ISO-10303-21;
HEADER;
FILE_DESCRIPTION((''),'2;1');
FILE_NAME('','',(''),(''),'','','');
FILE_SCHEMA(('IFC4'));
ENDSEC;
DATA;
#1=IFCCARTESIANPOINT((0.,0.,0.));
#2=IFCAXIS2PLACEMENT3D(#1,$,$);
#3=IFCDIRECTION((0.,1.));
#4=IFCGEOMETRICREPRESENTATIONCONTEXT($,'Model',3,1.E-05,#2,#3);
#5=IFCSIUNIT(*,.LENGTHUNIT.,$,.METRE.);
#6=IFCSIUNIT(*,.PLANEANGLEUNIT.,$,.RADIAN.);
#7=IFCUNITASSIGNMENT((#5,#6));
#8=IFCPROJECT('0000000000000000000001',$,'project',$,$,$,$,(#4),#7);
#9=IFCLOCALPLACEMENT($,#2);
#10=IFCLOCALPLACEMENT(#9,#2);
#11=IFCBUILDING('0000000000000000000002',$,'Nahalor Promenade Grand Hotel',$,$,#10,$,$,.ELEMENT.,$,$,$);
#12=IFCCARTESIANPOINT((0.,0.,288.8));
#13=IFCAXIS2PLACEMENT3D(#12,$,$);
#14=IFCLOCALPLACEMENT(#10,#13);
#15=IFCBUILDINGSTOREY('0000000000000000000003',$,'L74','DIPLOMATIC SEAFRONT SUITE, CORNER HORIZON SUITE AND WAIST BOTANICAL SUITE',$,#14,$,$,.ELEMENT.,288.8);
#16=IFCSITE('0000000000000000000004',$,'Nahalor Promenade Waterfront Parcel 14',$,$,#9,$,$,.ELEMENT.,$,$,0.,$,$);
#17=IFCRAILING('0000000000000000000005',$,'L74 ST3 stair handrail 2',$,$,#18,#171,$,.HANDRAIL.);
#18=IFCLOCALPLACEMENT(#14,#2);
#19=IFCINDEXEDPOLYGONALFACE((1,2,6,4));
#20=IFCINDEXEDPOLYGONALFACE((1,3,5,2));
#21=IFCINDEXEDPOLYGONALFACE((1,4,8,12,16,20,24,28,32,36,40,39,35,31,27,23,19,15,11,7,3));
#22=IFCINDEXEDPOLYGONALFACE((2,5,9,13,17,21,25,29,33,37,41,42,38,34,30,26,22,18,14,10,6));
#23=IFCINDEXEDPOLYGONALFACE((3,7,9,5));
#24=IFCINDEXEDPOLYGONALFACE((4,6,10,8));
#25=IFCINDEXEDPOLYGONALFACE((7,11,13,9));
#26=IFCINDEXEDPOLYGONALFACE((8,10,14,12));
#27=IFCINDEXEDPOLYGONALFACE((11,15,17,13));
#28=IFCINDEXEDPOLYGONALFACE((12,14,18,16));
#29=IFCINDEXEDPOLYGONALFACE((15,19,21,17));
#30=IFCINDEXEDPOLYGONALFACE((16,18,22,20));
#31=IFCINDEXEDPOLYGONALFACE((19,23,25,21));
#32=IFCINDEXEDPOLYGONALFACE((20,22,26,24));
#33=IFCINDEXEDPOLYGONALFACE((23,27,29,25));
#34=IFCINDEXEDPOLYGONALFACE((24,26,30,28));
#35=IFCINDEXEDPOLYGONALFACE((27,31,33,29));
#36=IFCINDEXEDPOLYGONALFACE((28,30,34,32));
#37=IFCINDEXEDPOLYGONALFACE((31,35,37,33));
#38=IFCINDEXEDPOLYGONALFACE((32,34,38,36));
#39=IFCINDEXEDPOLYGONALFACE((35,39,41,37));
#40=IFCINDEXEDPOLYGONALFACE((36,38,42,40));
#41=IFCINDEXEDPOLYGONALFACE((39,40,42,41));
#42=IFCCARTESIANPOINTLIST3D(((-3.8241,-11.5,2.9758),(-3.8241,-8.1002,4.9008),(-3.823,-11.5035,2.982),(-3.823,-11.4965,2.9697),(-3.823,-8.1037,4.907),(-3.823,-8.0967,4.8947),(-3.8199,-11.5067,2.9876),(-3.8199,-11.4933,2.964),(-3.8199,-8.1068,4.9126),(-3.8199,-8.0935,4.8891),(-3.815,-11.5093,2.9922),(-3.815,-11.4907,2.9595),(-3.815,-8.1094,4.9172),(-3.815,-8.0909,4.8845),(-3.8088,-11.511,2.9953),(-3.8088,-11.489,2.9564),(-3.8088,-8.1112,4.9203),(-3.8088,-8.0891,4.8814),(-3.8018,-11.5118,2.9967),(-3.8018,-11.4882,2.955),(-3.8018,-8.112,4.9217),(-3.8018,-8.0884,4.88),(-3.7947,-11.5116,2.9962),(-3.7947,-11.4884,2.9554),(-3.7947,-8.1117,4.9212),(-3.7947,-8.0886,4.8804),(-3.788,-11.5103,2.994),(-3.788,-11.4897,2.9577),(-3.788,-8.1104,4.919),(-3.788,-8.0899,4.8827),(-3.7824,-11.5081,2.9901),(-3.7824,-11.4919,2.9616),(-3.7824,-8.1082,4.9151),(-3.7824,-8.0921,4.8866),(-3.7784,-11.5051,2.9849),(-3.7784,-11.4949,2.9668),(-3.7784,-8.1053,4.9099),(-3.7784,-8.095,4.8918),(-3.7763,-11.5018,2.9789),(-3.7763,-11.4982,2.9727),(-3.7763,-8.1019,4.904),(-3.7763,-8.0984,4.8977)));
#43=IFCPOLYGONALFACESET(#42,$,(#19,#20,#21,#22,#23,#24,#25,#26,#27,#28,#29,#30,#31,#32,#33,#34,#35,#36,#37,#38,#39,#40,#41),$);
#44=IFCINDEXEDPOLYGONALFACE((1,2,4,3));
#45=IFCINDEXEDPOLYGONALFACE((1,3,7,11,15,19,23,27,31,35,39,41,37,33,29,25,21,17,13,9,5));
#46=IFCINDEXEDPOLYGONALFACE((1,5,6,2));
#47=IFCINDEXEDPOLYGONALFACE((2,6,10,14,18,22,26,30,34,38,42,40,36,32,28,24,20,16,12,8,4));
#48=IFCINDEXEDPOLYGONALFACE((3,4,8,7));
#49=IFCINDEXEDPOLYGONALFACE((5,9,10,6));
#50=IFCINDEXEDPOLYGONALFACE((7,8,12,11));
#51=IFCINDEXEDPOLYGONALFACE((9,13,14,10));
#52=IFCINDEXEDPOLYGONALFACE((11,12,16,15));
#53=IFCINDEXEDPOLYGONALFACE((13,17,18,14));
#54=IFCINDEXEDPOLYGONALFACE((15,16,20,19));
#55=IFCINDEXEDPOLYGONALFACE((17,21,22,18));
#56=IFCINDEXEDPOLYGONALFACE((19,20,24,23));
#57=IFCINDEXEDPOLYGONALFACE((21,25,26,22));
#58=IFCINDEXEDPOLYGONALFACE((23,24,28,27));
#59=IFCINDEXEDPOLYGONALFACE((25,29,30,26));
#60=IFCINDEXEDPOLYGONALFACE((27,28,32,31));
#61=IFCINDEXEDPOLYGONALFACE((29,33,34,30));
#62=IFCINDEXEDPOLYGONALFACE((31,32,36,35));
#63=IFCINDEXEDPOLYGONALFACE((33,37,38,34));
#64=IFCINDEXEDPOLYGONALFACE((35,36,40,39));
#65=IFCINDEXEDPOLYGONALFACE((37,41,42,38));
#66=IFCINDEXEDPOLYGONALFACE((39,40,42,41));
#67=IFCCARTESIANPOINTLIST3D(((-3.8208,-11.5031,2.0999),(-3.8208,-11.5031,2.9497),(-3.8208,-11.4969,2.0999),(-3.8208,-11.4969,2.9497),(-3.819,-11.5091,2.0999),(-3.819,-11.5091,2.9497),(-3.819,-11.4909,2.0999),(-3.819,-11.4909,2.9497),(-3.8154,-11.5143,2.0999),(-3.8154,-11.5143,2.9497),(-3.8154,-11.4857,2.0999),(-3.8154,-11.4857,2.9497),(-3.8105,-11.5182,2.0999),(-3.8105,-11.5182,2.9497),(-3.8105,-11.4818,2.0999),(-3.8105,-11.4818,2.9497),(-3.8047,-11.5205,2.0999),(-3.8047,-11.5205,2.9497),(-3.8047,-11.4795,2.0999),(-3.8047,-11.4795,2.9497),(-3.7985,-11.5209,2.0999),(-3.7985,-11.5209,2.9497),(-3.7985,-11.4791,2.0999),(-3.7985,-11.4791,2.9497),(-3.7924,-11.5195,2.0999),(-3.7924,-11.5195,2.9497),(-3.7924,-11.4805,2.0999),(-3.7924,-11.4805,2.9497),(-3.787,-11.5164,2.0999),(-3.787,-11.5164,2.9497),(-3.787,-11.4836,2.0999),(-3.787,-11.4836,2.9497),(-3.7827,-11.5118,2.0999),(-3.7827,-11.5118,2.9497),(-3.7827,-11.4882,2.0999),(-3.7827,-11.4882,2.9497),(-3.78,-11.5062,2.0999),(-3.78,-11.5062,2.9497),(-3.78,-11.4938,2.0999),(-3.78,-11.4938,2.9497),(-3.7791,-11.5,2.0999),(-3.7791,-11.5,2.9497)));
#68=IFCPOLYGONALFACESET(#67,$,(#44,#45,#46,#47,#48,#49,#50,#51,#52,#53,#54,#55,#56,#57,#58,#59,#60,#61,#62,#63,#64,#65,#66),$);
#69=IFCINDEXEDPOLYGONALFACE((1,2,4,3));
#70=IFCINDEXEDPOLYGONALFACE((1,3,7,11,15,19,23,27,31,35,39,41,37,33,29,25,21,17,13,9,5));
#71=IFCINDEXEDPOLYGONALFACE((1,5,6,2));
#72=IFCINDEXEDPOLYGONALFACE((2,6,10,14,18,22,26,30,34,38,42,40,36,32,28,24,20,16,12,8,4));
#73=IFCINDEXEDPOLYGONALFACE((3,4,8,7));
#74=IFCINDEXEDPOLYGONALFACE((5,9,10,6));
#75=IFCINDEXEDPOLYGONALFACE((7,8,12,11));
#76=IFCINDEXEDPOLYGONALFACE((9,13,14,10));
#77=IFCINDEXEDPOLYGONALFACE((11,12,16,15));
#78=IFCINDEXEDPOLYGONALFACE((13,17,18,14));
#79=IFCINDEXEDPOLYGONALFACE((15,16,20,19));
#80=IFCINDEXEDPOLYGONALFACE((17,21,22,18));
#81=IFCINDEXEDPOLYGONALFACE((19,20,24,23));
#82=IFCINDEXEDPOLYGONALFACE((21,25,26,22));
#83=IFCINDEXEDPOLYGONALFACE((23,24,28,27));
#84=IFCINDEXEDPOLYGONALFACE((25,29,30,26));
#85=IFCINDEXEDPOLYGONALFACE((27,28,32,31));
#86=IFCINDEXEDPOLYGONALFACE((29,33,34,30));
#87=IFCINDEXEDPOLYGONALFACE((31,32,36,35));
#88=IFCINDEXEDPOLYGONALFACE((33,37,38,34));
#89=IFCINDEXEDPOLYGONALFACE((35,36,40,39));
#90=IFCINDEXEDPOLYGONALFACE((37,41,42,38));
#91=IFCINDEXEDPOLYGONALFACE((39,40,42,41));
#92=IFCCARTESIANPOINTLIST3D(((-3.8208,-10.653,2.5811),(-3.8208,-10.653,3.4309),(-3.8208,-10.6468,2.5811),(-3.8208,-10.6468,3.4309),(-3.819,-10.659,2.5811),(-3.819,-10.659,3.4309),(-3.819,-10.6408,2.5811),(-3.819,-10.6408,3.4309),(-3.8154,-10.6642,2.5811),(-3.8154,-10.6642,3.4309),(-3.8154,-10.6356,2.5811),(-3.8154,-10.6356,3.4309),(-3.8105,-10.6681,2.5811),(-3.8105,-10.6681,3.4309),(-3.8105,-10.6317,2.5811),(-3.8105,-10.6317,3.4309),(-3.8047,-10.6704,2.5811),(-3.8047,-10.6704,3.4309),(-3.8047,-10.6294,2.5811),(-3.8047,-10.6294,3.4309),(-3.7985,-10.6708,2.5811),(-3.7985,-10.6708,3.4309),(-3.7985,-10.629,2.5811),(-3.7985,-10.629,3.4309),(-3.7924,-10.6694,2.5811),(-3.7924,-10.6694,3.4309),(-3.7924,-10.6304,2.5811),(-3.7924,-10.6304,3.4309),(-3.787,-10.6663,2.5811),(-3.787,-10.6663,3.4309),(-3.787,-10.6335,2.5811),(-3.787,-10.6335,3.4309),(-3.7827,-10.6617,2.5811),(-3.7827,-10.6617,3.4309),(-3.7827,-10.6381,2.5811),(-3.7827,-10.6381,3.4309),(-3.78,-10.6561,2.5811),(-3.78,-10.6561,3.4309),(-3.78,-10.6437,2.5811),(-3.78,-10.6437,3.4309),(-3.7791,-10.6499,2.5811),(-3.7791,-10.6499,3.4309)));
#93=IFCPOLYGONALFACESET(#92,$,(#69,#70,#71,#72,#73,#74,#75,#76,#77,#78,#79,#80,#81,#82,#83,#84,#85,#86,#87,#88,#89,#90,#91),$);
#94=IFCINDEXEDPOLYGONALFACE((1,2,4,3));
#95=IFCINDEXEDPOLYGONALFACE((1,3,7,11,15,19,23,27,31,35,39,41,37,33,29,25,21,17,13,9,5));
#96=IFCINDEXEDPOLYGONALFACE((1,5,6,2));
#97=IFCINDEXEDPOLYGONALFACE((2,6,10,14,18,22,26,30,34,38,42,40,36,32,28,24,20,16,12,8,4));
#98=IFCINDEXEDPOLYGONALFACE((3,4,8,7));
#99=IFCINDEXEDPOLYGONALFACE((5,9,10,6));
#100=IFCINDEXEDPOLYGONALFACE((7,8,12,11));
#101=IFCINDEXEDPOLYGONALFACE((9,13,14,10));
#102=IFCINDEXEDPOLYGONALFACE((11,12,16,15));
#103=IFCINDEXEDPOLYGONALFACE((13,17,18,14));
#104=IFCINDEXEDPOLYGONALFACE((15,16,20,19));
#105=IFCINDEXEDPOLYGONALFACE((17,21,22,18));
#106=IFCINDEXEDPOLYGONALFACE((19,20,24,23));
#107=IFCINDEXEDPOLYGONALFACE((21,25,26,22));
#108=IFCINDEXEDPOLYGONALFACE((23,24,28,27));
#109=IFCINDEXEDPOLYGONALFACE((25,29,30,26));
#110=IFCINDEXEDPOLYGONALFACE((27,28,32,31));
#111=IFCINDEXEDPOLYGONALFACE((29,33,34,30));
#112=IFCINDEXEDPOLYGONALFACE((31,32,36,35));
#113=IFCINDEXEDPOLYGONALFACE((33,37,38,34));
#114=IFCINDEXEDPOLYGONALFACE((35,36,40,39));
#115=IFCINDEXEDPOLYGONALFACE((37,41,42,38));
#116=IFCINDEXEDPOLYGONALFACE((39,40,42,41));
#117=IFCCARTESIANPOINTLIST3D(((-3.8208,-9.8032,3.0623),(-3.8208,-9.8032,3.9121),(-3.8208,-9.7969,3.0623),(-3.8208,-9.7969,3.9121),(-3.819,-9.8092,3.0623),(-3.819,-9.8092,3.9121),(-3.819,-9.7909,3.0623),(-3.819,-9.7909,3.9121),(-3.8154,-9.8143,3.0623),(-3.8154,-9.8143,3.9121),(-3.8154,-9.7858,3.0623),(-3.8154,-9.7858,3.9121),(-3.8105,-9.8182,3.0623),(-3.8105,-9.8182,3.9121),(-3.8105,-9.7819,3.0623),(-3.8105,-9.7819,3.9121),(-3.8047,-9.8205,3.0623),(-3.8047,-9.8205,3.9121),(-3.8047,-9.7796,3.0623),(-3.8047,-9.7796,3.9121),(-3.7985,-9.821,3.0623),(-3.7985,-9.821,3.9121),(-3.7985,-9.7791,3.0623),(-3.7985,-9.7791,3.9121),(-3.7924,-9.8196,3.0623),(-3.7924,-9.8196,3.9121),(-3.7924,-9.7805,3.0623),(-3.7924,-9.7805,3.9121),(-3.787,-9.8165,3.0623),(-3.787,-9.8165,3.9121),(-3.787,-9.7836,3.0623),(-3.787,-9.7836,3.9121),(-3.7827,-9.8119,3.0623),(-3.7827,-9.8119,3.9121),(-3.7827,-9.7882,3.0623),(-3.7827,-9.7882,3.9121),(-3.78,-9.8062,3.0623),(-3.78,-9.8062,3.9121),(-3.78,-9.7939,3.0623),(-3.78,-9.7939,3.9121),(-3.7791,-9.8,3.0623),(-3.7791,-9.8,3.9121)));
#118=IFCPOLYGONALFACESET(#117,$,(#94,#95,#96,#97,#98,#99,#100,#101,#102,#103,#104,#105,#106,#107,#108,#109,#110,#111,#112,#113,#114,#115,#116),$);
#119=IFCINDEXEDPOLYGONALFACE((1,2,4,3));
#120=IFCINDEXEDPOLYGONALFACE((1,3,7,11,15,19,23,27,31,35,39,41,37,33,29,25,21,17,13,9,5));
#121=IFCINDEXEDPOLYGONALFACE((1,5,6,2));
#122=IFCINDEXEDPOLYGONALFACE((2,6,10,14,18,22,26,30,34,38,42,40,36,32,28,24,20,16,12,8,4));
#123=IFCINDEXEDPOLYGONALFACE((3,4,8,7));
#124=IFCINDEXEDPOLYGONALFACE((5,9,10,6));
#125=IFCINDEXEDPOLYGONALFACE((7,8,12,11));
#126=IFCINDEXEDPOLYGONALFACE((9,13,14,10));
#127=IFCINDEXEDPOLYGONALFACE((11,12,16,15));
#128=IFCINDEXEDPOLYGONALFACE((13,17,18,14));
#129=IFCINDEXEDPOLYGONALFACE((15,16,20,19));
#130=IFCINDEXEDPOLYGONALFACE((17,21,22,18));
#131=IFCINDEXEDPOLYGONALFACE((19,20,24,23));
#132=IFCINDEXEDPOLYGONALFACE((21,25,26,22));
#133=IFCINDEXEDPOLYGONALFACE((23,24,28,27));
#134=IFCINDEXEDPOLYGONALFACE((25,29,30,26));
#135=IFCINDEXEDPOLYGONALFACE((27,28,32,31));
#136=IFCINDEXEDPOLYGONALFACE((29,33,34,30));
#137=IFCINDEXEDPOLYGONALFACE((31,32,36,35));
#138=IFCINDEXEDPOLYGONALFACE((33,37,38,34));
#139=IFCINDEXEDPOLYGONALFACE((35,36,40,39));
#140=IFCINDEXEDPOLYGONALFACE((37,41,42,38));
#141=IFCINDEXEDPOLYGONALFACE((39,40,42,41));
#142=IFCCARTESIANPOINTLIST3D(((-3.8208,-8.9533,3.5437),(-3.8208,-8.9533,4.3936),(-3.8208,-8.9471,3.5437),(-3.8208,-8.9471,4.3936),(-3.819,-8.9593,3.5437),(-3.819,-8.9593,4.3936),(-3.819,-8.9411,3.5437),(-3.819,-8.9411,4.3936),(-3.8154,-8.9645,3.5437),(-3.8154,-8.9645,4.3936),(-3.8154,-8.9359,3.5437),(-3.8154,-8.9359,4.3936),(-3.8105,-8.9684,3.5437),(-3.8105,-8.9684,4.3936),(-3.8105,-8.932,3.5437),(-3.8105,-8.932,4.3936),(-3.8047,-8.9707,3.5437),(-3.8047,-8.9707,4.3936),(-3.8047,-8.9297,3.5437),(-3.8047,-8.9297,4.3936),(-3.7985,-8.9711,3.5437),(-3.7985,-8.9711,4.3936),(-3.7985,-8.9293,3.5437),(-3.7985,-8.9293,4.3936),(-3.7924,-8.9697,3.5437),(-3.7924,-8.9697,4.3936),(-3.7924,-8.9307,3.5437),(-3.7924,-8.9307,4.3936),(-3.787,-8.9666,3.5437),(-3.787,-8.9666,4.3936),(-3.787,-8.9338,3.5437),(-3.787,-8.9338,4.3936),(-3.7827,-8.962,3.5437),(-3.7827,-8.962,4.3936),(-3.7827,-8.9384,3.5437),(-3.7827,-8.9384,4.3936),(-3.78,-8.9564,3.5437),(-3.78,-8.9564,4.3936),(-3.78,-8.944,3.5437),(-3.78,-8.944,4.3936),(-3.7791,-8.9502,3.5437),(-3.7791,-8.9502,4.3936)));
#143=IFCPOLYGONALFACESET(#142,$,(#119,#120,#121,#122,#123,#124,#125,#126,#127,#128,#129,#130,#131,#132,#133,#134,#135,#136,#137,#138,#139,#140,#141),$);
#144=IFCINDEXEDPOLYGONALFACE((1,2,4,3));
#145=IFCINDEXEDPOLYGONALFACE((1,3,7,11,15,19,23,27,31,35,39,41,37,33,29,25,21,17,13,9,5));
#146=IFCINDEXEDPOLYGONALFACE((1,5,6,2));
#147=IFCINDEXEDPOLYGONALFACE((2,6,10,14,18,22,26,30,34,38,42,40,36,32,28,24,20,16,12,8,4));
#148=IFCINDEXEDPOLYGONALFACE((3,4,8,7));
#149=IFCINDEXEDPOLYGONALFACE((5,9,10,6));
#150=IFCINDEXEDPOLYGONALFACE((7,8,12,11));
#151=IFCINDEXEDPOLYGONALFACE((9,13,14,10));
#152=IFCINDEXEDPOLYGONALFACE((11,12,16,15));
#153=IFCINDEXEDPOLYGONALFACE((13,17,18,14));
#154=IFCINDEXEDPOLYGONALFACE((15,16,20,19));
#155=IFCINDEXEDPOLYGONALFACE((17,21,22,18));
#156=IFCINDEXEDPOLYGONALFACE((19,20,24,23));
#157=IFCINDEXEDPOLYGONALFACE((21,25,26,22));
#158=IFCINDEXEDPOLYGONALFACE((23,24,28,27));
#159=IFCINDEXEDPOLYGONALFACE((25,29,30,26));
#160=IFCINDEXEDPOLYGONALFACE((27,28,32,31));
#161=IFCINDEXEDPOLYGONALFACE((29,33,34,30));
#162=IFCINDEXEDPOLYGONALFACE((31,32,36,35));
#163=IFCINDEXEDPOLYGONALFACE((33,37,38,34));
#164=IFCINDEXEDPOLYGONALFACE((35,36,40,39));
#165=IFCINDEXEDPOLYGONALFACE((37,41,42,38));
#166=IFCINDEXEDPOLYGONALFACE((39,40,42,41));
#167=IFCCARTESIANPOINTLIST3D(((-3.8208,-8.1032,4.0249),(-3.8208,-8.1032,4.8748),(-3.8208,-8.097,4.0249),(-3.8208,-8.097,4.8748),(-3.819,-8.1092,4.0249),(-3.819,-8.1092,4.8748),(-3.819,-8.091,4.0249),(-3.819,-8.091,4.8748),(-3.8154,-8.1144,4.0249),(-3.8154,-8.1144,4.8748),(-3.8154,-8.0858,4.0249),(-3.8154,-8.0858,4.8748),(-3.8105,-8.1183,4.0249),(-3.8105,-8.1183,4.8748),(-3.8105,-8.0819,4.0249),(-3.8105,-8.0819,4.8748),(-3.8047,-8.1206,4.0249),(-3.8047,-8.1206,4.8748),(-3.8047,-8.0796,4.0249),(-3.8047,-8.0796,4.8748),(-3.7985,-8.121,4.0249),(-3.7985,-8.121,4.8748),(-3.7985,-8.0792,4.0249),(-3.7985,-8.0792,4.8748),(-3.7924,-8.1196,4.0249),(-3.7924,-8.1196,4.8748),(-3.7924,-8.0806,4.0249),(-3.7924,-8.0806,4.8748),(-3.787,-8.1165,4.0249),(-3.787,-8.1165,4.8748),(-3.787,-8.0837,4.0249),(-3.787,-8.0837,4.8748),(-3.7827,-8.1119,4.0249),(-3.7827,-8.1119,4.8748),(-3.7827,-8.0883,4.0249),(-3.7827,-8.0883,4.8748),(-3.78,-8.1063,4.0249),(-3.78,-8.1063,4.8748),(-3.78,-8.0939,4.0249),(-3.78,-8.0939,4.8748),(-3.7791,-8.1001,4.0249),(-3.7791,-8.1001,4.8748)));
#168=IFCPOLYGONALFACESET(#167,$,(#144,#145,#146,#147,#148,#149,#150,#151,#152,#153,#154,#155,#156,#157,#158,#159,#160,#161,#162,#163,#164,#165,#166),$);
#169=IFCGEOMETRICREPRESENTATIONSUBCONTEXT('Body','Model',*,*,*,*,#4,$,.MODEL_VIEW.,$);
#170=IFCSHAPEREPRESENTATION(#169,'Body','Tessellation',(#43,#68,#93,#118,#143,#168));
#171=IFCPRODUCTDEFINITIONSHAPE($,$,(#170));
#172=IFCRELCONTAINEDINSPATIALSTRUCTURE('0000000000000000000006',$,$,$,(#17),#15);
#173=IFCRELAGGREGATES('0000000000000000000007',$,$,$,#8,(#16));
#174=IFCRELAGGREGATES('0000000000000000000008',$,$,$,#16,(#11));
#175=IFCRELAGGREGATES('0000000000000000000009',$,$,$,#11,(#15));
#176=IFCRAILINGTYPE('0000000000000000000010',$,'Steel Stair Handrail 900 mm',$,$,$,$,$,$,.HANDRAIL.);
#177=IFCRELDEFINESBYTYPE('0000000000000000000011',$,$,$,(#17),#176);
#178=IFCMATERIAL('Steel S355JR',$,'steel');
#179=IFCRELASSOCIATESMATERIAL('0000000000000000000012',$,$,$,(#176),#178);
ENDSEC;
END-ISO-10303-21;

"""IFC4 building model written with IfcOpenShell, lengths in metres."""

from ifc_helpers import new_model, si_unit, direction, frame, origin, origin_2d, place, context, subcontext, project, spatial, circle, extrude, material, type_object, element, save


model = new_model("IFC4")

# Units and contexts
model_context = context("Model", 3, precision=1e-05, world=origin(), true_north=direction((0.0, 1.0)))
body_context = subcontext(model_context, "Body", "Model", "MODEL_VIEW")
ifc_project = project(units=[si_unit("LENGTHUNIT", "METRE"), si_unit("PLANEANGLEUNIT", "RADIAN")], contexts=[model_context])

# Site, building, storey
site_placement = place(None, origin())
site = spatial("IfcSite", under=ifc_project, at=site_placement, Name="Nahalor Promenade Waterfront Parcel 14", CompositionType="ELEMENT", RefElevation=0.0)
building_placement = place(site_placement, origin())
building = spatial("IfcBuilding", under=site, at=building_placement, Name="Nahalor Promenade Grand Hotel", CompositionType="ELEMENT")
storey_placement = place(building_placement, frame((0.0, 0.0, 288.8)))
storey = spatial("IfcBuildingStorey", under=building, at=storey_placement, Name="L74", Description="DIPLOMATIC SEAFRONT SUITE, CORNER HORIZON SUITE AND WAIST BOTANICAL SUITE", CompositionType="ELEMENT", Elevation=288.8)

# Shared definitions
ifc_material_1 = material(Name="Steel S355JR", Category="steel")

# Railing
railing_type_1 = type_object("IfcRailingType", Name="Steel Stair Handrail 900 mm", PredefinedType="HANDRAIL", material=ifc_material_1)
railing_1_placement = place(storey_placement, frame((-3.8, -11.5, 2.0999)))
element("IfcRailing", 1, at=railing_1_placement, inside=storey, type_object=railing_type_1, Name="L74 ST3 stair handrail 2", PredefinedType="HANDRAIL", context=body_context, shape_type="SweptSolid", body=[
    extrude(circle(Radius=0.024, at=origin_2d()), frame((0.0, 0.0, 0.876), z_axis=(0.0, 0.870194, 0.49271), x_axis=(-1.0, 0.0, 0.0)), (0.0, 0.0, 1.0), 3.907),
    extrude(circle(Radius=0.021, at=origin_2d()), origin(), (0.0, 0.0, 1.0), 0.8499),
    extrude(circle(Radius=0.021, at=origin_2d()), frame((0.0, 0.8501, 0.4812)), (0.0, 0.0, 1.0), 0.8499),
    extrude(circle(Radius=0.021, at=origin_2d()), frame((0.0, 1.7, 0.9624)), (0.0, 0.0, 1.0), 0.8499),
    extrude(circle(Radius=0.021, at=origin_2d()), frame((0.0, 2.5498, 1.4438)), (0.0, 0.0, 1.0), 0.8499),
    extrude(circle(Radius=0.021, at=origin_2d()), frame((0.0, 3.3999, 1.925)), (0.0, 0.0, 1.0), 0.8499),
])

save(model, "model.ifc")
